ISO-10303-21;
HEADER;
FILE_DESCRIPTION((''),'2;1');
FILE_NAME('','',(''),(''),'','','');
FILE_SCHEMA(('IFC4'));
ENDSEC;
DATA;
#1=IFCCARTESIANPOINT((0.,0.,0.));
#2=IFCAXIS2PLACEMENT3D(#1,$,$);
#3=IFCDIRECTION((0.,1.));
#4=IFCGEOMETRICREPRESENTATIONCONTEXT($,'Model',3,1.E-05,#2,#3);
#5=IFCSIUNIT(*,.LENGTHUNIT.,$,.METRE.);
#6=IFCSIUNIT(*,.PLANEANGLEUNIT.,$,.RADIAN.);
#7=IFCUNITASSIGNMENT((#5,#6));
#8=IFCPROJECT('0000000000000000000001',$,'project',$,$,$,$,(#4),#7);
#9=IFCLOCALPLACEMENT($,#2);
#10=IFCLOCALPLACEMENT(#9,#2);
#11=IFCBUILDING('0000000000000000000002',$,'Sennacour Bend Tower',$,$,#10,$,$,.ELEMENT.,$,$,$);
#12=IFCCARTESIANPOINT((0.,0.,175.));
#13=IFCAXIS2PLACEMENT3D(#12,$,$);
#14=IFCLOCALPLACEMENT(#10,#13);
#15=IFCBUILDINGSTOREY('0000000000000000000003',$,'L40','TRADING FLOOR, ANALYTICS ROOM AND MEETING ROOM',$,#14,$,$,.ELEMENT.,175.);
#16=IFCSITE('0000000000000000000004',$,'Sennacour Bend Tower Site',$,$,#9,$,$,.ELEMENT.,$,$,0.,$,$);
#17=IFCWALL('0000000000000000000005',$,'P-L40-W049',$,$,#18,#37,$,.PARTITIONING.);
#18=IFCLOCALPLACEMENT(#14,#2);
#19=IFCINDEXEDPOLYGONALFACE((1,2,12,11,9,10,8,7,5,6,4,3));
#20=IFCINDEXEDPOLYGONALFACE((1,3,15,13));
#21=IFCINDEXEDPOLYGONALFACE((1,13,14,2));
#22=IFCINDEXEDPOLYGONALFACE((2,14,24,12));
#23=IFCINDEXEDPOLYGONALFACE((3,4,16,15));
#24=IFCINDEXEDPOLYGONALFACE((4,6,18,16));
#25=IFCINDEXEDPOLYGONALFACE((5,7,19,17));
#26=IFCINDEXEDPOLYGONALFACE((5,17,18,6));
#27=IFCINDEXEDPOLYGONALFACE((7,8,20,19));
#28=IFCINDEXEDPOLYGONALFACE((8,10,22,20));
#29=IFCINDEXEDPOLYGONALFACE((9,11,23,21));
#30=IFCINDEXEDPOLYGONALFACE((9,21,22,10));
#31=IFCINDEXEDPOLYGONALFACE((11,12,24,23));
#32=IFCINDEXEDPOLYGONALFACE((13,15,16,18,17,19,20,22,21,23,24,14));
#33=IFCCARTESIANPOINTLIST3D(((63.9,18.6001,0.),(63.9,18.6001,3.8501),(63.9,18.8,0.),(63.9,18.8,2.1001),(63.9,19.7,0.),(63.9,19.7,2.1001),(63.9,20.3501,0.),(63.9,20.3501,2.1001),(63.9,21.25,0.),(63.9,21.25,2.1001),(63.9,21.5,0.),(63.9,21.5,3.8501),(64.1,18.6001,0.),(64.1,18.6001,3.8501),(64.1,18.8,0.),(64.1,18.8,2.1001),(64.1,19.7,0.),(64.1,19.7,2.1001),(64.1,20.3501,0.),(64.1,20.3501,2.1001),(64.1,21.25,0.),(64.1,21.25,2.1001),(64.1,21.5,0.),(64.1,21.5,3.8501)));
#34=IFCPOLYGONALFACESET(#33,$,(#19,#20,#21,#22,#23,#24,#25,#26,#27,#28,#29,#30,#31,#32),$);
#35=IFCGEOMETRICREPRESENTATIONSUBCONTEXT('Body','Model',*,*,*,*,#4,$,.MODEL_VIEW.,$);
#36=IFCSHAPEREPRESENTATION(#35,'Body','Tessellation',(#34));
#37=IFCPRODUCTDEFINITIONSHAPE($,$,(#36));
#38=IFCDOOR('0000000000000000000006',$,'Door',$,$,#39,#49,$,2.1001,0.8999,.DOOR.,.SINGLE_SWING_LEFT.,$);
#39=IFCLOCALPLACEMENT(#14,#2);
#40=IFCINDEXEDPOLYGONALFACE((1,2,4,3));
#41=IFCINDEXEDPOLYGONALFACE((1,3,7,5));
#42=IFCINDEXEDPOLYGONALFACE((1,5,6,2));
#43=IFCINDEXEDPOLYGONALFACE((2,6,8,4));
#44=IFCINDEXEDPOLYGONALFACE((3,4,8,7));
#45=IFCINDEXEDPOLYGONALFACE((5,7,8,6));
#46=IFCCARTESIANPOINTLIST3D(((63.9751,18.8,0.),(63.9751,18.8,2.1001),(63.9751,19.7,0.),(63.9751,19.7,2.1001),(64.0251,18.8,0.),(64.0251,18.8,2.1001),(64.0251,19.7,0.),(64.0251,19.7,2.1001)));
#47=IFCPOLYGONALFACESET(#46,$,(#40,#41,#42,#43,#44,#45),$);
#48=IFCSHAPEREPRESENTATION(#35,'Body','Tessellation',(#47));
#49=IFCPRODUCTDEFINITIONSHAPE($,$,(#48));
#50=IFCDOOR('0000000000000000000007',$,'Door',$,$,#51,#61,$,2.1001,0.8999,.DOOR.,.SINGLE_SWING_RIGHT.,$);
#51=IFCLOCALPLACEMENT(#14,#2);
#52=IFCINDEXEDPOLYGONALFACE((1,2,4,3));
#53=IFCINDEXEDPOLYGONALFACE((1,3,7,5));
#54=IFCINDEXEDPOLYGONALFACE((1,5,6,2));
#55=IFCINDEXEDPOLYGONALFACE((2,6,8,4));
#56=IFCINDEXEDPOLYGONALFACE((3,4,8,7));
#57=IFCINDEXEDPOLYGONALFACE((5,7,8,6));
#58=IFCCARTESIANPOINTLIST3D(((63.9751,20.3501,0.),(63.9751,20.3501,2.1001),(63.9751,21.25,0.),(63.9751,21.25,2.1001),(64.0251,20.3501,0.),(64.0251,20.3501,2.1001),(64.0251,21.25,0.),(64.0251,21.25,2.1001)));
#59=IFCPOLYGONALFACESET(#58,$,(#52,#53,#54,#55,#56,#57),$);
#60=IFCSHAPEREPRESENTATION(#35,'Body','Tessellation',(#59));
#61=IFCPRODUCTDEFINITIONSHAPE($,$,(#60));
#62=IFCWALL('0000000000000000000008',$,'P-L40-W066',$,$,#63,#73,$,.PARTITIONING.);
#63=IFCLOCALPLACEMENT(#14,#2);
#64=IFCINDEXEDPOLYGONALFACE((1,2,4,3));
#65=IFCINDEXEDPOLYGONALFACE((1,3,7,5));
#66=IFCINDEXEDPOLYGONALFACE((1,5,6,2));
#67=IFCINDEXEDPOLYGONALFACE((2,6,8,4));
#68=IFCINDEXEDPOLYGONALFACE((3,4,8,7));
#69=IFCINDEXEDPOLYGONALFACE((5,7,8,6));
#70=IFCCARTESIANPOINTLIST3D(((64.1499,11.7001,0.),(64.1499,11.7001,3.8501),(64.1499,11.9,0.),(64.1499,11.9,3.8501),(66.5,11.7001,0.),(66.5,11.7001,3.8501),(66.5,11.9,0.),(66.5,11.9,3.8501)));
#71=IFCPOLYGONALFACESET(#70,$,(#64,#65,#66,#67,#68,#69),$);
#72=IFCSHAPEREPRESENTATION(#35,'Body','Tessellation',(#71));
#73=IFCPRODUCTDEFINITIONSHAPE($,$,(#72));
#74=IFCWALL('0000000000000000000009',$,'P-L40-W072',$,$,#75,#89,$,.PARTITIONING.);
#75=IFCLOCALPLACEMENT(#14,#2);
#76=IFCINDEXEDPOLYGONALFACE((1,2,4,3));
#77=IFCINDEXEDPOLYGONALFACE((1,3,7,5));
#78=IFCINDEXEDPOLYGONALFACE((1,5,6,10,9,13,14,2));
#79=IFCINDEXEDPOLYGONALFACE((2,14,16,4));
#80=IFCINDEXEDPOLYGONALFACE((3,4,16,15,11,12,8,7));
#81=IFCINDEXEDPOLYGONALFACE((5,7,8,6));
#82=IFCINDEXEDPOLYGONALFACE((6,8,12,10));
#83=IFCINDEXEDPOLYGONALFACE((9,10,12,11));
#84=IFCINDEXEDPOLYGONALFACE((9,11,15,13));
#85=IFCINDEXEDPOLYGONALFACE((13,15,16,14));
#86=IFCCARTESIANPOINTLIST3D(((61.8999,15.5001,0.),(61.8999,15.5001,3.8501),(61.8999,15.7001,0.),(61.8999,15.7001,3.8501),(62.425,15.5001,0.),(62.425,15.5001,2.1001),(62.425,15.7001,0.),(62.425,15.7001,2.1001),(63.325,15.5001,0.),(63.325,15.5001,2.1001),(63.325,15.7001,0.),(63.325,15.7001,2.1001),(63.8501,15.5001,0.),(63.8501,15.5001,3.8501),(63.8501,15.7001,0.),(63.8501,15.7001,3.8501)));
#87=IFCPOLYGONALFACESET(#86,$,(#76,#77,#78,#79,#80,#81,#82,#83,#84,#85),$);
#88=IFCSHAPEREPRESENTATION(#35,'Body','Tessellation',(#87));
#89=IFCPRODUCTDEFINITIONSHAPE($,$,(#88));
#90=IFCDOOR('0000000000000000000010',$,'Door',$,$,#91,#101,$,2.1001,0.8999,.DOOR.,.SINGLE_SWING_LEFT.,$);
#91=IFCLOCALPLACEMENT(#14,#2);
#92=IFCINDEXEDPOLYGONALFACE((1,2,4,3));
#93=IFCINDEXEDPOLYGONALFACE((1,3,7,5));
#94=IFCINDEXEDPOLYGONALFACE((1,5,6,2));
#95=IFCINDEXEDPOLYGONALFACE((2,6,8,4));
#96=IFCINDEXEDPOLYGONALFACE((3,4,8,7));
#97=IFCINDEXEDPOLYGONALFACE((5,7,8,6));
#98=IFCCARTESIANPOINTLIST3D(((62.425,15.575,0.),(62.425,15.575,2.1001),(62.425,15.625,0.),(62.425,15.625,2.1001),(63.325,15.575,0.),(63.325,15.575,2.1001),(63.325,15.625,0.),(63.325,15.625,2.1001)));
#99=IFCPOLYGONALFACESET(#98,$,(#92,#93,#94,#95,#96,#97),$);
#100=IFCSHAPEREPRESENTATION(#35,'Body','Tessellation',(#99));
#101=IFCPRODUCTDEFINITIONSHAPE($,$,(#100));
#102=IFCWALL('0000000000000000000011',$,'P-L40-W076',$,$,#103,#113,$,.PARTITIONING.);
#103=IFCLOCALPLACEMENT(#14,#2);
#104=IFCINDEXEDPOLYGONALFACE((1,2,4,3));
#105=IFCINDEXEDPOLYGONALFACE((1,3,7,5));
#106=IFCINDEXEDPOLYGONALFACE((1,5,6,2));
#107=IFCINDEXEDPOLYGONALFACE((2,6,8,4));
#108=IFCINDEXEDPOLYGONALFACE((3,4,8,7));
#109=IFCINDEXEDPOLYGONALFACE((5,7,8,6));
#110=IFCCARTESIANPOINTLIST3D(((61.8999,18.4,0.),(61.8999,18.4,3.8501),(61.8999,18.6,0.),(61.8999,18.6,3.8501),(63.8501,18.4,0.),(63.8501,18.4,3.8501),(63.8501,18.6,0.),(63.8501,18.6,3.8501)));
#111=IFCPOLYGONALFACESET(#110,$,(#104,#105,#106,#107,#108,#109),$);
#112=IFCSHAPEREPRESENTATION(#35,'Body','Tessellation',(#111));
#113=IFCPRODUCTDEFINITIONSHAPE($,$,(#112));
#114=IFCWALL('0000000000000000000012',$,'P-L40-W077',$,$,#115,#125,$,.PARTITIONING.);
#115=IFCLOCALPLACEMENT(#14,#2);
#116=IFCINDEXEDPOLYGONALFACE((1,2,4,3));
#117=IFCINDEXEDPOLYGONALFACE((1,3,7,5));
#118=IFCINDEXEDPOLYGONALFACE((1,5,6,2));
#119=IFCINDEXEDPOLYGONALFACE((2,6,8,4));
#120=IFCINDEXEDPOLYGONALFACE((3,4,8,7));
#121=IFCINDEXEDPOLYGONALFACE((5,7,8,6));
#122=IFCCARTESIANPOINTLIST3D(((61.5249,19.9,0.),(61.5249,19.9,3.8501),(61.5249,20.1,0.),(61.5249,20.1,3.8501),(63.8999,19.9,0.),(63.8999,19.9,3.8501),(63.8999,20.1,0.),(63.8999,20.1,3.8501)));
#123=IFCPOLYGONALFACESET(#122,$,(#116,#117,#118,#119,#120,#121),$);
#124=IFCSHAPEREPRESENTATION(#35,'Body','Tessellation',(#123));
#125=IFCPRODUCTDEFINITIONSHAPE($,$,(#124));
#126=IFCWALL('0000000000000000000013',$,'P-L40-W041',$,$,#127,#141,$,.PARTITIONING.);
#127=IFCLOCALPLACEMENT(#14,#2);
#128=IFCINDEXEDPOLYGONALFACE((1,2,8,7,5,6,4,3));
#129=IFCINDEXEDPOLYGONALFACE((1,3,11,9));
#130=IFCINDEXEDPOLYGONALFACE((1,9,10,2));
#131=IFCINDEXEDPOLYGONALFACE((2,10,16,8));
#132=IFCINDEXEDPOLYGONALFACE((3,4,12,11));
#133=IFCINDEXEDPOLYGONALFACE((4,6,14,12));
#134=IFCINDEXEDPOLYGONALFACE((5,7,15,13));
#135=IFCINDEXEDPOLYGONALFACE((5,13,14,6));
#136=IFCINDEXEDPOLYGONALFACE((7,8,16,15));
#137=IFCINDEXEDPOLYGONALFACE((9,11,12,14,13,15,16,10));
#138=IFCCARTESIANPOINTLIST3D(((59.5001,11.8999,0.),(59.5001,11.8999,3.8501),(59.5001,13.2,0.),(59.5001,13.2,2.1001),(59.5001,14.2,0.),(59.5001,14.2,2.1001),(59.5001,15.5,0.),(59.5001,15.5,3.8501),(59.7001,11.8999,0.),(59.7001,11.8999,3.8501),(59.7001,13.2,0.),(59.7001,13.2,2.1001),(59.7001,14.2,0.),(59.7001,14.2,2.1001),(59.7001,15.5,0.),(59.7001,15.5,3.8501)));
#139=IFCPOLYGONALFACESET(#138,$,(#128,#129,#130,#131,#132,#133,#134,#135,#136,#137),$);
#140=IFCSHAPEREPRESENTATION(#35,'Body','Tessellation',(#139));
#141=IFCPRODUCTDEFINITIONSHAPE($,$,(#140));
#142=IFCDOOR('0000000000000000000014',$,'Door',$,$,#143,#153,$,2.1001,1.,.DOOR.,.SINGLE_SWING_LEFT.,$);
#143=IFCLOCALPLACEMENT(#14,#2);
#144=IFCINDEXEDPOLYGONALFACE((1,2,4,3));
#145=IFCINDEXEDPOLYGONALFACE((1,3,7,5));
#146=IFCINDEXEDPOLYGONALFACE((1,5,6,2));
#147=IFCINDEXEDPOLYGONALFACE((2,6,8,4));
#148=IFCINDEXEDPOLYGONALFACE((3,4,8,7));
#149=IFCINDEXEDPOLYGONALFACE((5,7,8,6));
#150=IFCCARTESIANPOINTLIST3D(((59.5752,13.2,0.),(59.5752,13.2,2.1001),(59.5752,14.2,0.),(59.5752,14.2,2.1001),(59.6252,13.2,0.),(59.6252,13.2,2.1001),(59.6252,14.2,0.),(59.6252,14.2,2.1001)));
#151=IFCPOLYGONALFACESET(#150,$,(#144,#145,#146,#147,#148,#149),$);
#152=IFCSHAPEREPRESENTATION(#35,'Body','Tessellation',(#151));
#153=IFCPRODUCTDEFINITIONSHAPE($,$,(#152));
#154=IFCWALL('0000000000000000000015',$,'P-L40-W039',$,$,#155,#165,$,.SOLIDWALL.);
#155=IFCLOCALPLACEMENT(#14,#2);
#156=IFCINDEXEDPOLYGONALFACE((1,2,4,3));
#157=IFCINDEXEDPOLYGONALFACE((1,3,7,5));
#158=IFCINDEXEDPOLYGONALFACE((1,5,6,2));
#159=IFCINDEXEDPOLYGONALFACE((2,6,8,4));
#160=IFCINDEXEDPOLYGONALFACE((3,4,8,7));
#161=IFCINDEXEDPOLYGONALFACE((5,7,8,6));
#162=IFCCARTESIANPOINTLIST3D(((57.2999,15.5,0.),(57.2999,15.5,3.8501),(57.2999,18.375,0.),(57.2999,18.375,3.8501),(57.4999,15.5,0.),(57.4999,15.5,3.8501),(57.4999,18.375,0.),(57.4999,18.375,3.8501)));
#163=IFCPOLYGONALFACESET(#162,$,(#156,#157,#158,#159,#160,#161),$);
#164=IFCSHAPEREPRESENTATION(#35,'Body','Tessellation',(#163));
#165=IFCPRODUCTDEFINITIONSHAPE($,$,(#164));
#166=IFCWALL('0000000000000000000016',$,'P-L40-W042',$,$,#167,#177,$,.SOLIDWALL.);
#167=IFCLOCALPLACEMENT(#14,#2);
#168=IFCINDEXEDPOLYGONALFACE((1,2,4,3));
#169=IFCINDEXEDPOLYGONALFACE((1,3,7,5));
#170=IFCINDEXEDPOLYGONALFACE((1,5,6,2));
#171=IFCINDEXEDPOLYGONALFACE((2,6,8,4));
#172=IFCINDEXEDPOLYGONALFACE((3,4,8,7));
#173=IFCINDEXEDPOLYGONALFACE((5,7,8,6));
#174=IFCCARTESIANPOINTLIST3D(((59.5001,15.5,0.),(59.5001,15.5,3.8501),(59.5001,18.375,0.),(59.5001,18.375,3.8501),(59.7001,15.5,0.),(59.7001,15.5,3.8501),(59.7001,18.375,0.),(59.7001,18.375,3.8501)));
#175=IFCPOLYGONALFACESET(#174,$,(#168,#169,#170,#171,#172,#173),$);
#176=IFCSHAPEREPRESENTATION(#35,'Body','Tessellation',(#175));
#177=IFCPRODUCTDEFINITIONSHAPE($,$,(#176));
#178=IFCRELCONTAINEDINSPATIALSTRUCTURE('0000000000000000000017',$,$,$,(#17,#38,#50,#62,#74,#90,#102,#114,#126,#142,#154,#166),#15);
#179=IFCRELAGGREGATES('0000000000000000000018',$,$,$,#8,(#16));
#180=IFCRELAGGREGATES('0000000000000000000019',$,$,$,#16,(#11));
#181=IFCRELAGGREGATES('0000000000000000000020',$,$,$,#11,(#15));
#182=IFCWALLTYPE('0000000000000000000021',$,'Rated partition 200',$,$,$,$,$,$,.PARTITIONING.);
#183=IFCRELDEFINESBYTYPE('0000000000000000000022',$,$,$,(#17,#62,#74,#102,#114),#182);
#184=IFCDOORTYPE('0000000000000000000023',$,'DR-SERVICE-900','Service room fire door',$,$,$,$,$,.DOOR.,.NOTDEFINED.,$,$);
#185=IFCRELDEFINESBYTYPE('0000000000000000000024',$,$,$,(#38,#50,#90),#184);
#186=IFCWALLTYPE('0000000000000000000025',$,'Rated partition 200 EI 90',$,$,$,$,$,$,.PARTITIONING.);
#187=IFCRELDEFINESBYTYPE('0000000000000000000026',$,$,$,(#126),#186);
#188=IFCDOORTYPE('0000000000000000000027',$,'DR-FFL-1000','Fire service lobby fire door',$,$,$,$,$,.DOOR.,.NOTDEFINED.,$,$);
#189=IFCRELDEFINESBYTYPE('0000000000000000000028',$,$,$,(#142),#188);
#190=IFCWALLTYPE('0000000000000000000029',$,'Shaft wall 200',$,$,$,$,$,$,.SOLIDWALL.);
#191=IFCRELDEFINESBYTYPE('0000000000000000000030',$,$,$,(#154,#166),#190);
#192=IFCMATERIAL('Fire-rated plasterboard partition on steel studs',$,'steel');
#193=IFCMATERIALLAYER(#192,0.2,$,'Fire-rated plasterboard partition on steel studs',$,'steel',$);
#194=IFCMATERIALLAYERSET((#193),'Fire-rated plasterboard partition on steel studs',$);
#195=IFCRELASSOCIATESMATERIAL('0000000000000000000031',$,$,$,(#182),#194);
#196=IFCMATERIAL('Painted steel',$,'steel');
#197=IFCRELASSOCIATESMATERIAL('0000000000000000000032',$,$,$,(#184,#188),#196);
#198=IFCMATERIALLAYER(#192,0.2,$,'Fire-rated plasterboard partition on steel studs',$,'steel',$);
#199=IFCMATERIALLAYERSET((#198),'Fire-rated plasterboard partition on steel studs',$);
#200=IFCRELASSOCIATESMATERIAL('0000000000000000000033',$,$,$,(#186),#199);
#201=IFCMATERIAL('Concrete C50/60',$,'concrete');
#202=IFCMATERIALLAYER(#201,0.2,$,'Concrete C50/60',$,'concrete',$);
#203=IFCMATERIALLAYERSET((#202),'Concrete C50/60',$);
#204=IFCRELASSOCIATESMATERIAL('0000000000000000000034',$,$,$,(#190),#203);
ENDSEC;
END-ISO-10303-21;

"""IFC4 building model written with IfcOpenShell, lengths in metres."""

from ifc_helpers import new_model, si_unit, direction, frame, frame_2d, origin, place, context, subcontext, project, spatial, rectangle, extrude, material, layer, layer_set, type_object, element, fill, save


model = new_model("IFC4")

# Units and contexts
model_context = context("Model", 3, precision=1e-05, world=origin(), true_north=direction((0.0, 1.0)))
body_context = subcontext(model_context, "Body", "Model", "MODEL_VIEW")
ifc_project = project(units=[si_unit("LENGTHUNIT", "METRE"), si_unit("PLANEANGLEUNIT", "RADIAN")], contexts=[model_context])

# Site, building, storey
site_placement = place(None, origin())
site = spatial("IfcSite", under=ifc_project, at=site_placement, Name="Sennacour Bend Tower Site", CompositionType="ELEMENT", RefElevation=0.0)
building_placement = place(site_placement, origin())
building = spatial("IfcBuilding", under=site, at=building_placement, Name="Sennacour Bend Tower", CompositionType="ELEMENT")
storey_placement = place(building_placement, frame((0.0, 0.0, 175.0)))
storey = spatial("IfcBuildingStorey", under=building, at=storey_placement, Name="L40", Description="TRADING FLOOR, ANALYTICS ROOM AND MEETING ROOM", CompositionType="ELEMENT", Elevation=175.0)

# Wall, openings, doors
ifc_material_1 = material(Name="Fire-rated plasterboard partition on steel studs", Category="steel")
ifc_layer_1 = layer(ifc_material_1, 0.2, Name="Fire-rated plasterboard partition on steel studs", Category="steel")
ifc_layer_set_1 = layer_set([ifc_layer_1], Name="Fire-rated plasterboard partition on steel studs")
wall_type_1 = type_object("IfcWallType", Name="Rated partition 200", PredefinedType="PARTITIONING", material=ifc_layer_set_1)
wall_1_placement = place(storey_placement, frame((64.0, 18.6001, 0.0), z_axis=(0.0, 0.0, 1.0), x_axis=(0.0, 1.0, 0.0)))
wall_1 = element("IfcWall", 1, at=wall_1_placement, inside=storey, type_object=wall_type_1, Name="P-L40-W049", PredefinedType="PARTITIONING", context=body_context, shape_type="SweptSolid", body=[
    extrude(rectangle(XDim=2.8999, YDim=0.2, at=frame_2d((1.45, 0.0))), origin(), (0.0, 0.0, 1.0), 3.8501),
])
opening_1_placement = place(wall_1_placement, frame((0.2, 0.0, 0.0)))
opening_1 = element("IfcOpeningElement", 2, at=opening_1_placement, cuts=wall_1, PredefinedType="OPENING", context=body_context, shape_type="SweptSolid", body=[
    extrude(rectangle(XDim=0.8999, YDim=2.1001, at=frame_2d((0.45, 1.05))), frame((0.0, 0.1099, 0.0), z_axis=(0.0, -1.0, 0.0), x_axis=(1.0, 0.0, 0.0)), (0.0, 0.0, 1.0), 0.22),
])
opening_2_placement = place(wall_1_placement, frame((1.75, 0.0, 0.0)))
opening_2 = element("IfcOpeningElement", 3, at=opening_2_placement, cuts=wall_1, PredefinedType="OPENING", context=body_context, shape_type="SweptSolid", body=[
    extrude(rectangle(XDim=0.8999, YDim=2.1001, at=frame_2d((0.45, 1.05))), frame((0.0, 0.1099, 0.0), z_axis=(0.0, -1.0, 0.0), x_axis=(1.0, 0.0, 0.0)), (0.0, 0.0, 1.0), 0.22),
])
ifc_material_2 = material(Name="Painted steel", Category="steel")
door_type_1 = type_object("IfcDoorType", Name="DR-SERVICE-900", Description="Service room fire door", OperationType="NOTDEFINED", PredefinedType="DOOR", material=ifc_material_2)
door_1_placement = place(opening_1_placement, origin())
door_1 = element("IfcDoor", 4, at=door_1_placement, inside=storey, type_object=door_type_1, Name="Door", OperationType="SINGLE_SWING_LEFT", OverallHeight=2.1001, OverallWidth=0.8999, PredefinedType="DOOR", context=body_context, shape_type="SweptSolid", body=[
    extrude(rectangle(XDim=0.8999, YDim=2.1001, at=frame_2d((0.45, 1.05))), frame((0.0, 0.0249, 0.0), z_axis=(0.0, -1.0, 0.0), x_axis=(1.0, 0.0, 0.0)), (0.0, 0.0, 1.0), 0.05),
])
fill(opening_1, door_1)
door_2_placement = place(opening_2_placement, origin())
door_2 = element("IfcDoor", 5, at=door_2_placement, inside=storey, type_object=door_type_1, Name="Door", OperationType="SINGLE_SWING_RIGHT", OverallHeight=2.1001, OverallWidth=0.8999, PredefinedType="DOOR", context=body_context, shape_type="SweptSolid", body=[
    extrude(rectangle(XDim=0.8999, YDim=2.1001, at=frame_2d((0.45, 1.05))), frame((0.0, 0.0249, 0.0), z_axis=(0.0, -1.0, 0.0), x_axis=(1.0, 0.0, 0.0)), (0.0, 0.0, 1.0), 0.05),
])
fill(opening_2, door_2)

# Wall
wall_2_placement = place(storey_placement, frame((64.1499, 11.8, 0.0), z_axis=(0.0, 0.0, 1.0), x_axis=(1.0, 0.0, 0.0)))
element("IfcWall", 6, at=wall_2_placement, inside=storey, type_object=wall_type_1, Name="P-L40-W066", PredefinedType="PARTITIONING", context=body_context, shape_type="SweptSolid", body=[
    extrude(rectangle(XDim=2.3501, YDim=0.2, at=frame_2d((1.175, 0.0))), origin(), (0.0, 0.0, 1.0), 3.8501),
])

# Wall, opening, door
wall_3_placement = place(storey_placement, frame((61.8999, 15.6001, 0.0), z_axis=(0.0, 0.0, 1.0), x_axis=(1.0, 0.0, 0.0)))
wall_3 = element("IfcWall", 7, at=wall_3_placement, inside=storey, type_object=wall_type_1, Name="P-L40-W072", PredefinedType="PARTITIONING", context=body_context, shape_type="SweptSolid", body=[
    extrude(rectangle(XDim=1.9502, YDim=0.2, at=frame_2d((0.9751, 0.0))), origin(), (0.0, 0.0, 1.0), 3.8501),
])
opening_3_placement = place(wall_3_placement, frame((0.5251, 0.0, 0.0)))
opening_3 = element("IfcOpeningElement", 8, at=opening_3_placement, cuts=wall_3, PredefinedType="OPENING", context=body_context, shape_type="SweptSolid", body=[
    extrude(rectangle(XDim=0.8999, YDim=2.1001, at=frame_2d((0.45, 1.05))), frame((0.0, 0.1099, 0.0), z_axis=(0.0, -1.0, 0.0), x_axis=(1.0, 0.0, 0.0)), (0.0, 0.0, 1.0), 0.22),
])
door_3_placement = place(opening_3_placement, origin())
door_3 = element("IfcDoor", 9, at=door_3_placement, inside=storey, type_object=door_type_1, Name="Door", OperationType="SINGLE_SWING_LEFT", OverallHeight=2.1001, OverallWidth=0.8999, PredefinedType="DOOR", context=body_context, shape_type="SweptSolid", body=[
    extrude(rectangle(XDim=0.8999, YDim=2.1001, at=frame_2d((0.45, 1.05))), frame((0.0, 0.0249, 0.0), z_axis=(0.0, -1.0, 0.0), x_axis=(1.0, 0.0, 0.0)), (0.0, 0.0, 1.0), 0.05),
])
fill(opening_3, door_3)

# Walls
wall_4_placement = place(storey_placement, frame((61.8999, 18.5, 0.0), z_axis=(0.0, 0.0, 1.0), x_axis=(1.0, 0.0, 0.0)))
element("IfcWall", 10, at=wall_4_placement, inside=storey, type_object=wall_type_1, Name="P-L40-W076", PredefinedType="PARTITIONING", context=body_context, shape_type="SweptSolid", body=[
    extrude(rectangle(XDim=1.9502, YDim=0.2, at=frame_2d((0.9751, 0.0))), origin(), (0.0, 0.0, 1.0), 3.8501),
])
wall_5_placement = place(storey_placement, frame((61.5249, 20.0, 0.0), z_axis=(0.0, 0.0, 1.0), x_axis=(1.0, 0.0, 0.0)))
element("IfcWall", 11, at=wall_5_placement, inside=storey, type_object=wall_type_1, Name="P-L40-W077", PredefinedType="PARTITIONING", context=body_context, shape_type="SweptSolid", body=[
    extrude(rectangle(XDim=2.375, YDim=0.2, at=frame_2d((1.1875, 0.0))), origin(), (0.0, 0.0, 1.0), 3.8501),
])

# Wall, opening, door
ifc_layer_2 = layer(ifc_material_1, 0.2, Name="Fire-rated plasterboard partition on steel studs", Category="steel")
ifc_layer_set_2 = layer_set([ifc_layer_2], Name="Fire-rated plasterboard partition on steel studs")
wall_type_2 = type_object("IfcWallType", Name="Rated partition 200 EI 90", PredefinedType="PARTITIONING", material=ifc_layer_set_2)
wall_6_placement = place(storey_placement, frame((59.6001, 11.8999, 0.0), z_axis=(0.0, 0.0, 1.0), x_axis=(0.0, 1.0, 0.0)))
wall_6 = element("IfcWall", 12, at=wall_6_placement, inside=storey, type_object=wall_type_2, Name="P-L40-W041", PredefinedType="PARTITIONING", context=body_context, shape_type="SweptSolid", body=[
    extrude(rectangle(XDim=3.6001, YDim=0.2, at=frame_2d((1.8, 0.0))), origin(), (0.0, 0.0, 1.0), 3.8501),
])
opening_4_placement = place(wall_6_placement, frame((1.3, 0.0, 0.0)))
opening_4 = element("IfcOpeningElement", 13, at=opening_4_placement, cuts=wall_6, PredefinedType="OPENING", context=body_context, shape_type="SweptSolid", body=[
    extrude(rectangle(XDim=1.0, YDim=2.1001, at=frame_2d((0.5, 1.05))), frame((0.0, 0.1099, 0.0), z_axis=(0.0, -1.0, 0.0), x_axis=(1.0, 0.0, 0.0)), (0.0, 0.0, 1.0), 0.22),
])
door_type_2 = type_object("IfcDoorType", Name="DR-FFL-1000", Description="Fire service lobby fire door", OperationType="NOTDEFINED", PredefinedType="DOOR", material=ifc_material_2)
door_4_placement = place(opening_4_placement, origin())
door_4 = element("IfcDoor", 14, at=door_4_placement, inside=storey, type_object=door_type_2, Name="Door", OperationType="SINGLE_SWING_LEFT", OverallHeight=2.1001, OverallWidth=1.0, PredefinedType="DOOR", context=body_context, shape_type="SweptSolid", body=[
    extrude(rectangle(XDim=1.0, YDim=2.1001, at=frame_2d((0.5, 1.05))), frame((0.0, 0.0249, 0.0), z_axis=(0.0, -1.0, 0.0), x_axis=(1.0, 0.0, 0.0)), (0.0, 0.0, 1.0), 0.05),
])
fill(opening_4, door_4)

# Walls
ifc_material_3 = material(Name="Concrete C50/60", Category="concrete")
ifc_layer_3 = layer(ifc_material_3, 0.2, Name="Concrete C50/60", Category="concrete")
ifc_layer_set_3 = layer_set([ifc_layer_3], Name="Concrete C50/60")
wall_type_3 = type_object("IfcWallType", Name="Shaft wall 200", PredefinedType="SOLIDWALL", material=ifc_layer_set_3)
for number, where, z_axis, x_axis, name in (
    (15, (57.3999, 15.5, 0.0), (0.0, 0.0, 1.0), (0.0, 1.0, 0.0), "P-L40-W039"),
    (16, (59.6001, 15.5, 0.0), (0.0, 0.0, 1.0), (0.0, 1.0, 0.0), "P-L40-W042"),
):
    element("IfcWall", number, at=place(storey_placement, frame(where, z_axis=z_axis, x_axis=x_axis)), inside=storey, type_object=wall_type_3, Name=name, PredefinedType="SOLIDWALL", context=body_context, shape_type="SweptSolid", body=[
        extrude(rectangle(XDim=2.875, YDim=0.2, at=frame_2d((1.4375, 0.0))), origin(), (0.0, 0.0, 1.0), 3.8501),
    ])

save(model, "model.ifc")
